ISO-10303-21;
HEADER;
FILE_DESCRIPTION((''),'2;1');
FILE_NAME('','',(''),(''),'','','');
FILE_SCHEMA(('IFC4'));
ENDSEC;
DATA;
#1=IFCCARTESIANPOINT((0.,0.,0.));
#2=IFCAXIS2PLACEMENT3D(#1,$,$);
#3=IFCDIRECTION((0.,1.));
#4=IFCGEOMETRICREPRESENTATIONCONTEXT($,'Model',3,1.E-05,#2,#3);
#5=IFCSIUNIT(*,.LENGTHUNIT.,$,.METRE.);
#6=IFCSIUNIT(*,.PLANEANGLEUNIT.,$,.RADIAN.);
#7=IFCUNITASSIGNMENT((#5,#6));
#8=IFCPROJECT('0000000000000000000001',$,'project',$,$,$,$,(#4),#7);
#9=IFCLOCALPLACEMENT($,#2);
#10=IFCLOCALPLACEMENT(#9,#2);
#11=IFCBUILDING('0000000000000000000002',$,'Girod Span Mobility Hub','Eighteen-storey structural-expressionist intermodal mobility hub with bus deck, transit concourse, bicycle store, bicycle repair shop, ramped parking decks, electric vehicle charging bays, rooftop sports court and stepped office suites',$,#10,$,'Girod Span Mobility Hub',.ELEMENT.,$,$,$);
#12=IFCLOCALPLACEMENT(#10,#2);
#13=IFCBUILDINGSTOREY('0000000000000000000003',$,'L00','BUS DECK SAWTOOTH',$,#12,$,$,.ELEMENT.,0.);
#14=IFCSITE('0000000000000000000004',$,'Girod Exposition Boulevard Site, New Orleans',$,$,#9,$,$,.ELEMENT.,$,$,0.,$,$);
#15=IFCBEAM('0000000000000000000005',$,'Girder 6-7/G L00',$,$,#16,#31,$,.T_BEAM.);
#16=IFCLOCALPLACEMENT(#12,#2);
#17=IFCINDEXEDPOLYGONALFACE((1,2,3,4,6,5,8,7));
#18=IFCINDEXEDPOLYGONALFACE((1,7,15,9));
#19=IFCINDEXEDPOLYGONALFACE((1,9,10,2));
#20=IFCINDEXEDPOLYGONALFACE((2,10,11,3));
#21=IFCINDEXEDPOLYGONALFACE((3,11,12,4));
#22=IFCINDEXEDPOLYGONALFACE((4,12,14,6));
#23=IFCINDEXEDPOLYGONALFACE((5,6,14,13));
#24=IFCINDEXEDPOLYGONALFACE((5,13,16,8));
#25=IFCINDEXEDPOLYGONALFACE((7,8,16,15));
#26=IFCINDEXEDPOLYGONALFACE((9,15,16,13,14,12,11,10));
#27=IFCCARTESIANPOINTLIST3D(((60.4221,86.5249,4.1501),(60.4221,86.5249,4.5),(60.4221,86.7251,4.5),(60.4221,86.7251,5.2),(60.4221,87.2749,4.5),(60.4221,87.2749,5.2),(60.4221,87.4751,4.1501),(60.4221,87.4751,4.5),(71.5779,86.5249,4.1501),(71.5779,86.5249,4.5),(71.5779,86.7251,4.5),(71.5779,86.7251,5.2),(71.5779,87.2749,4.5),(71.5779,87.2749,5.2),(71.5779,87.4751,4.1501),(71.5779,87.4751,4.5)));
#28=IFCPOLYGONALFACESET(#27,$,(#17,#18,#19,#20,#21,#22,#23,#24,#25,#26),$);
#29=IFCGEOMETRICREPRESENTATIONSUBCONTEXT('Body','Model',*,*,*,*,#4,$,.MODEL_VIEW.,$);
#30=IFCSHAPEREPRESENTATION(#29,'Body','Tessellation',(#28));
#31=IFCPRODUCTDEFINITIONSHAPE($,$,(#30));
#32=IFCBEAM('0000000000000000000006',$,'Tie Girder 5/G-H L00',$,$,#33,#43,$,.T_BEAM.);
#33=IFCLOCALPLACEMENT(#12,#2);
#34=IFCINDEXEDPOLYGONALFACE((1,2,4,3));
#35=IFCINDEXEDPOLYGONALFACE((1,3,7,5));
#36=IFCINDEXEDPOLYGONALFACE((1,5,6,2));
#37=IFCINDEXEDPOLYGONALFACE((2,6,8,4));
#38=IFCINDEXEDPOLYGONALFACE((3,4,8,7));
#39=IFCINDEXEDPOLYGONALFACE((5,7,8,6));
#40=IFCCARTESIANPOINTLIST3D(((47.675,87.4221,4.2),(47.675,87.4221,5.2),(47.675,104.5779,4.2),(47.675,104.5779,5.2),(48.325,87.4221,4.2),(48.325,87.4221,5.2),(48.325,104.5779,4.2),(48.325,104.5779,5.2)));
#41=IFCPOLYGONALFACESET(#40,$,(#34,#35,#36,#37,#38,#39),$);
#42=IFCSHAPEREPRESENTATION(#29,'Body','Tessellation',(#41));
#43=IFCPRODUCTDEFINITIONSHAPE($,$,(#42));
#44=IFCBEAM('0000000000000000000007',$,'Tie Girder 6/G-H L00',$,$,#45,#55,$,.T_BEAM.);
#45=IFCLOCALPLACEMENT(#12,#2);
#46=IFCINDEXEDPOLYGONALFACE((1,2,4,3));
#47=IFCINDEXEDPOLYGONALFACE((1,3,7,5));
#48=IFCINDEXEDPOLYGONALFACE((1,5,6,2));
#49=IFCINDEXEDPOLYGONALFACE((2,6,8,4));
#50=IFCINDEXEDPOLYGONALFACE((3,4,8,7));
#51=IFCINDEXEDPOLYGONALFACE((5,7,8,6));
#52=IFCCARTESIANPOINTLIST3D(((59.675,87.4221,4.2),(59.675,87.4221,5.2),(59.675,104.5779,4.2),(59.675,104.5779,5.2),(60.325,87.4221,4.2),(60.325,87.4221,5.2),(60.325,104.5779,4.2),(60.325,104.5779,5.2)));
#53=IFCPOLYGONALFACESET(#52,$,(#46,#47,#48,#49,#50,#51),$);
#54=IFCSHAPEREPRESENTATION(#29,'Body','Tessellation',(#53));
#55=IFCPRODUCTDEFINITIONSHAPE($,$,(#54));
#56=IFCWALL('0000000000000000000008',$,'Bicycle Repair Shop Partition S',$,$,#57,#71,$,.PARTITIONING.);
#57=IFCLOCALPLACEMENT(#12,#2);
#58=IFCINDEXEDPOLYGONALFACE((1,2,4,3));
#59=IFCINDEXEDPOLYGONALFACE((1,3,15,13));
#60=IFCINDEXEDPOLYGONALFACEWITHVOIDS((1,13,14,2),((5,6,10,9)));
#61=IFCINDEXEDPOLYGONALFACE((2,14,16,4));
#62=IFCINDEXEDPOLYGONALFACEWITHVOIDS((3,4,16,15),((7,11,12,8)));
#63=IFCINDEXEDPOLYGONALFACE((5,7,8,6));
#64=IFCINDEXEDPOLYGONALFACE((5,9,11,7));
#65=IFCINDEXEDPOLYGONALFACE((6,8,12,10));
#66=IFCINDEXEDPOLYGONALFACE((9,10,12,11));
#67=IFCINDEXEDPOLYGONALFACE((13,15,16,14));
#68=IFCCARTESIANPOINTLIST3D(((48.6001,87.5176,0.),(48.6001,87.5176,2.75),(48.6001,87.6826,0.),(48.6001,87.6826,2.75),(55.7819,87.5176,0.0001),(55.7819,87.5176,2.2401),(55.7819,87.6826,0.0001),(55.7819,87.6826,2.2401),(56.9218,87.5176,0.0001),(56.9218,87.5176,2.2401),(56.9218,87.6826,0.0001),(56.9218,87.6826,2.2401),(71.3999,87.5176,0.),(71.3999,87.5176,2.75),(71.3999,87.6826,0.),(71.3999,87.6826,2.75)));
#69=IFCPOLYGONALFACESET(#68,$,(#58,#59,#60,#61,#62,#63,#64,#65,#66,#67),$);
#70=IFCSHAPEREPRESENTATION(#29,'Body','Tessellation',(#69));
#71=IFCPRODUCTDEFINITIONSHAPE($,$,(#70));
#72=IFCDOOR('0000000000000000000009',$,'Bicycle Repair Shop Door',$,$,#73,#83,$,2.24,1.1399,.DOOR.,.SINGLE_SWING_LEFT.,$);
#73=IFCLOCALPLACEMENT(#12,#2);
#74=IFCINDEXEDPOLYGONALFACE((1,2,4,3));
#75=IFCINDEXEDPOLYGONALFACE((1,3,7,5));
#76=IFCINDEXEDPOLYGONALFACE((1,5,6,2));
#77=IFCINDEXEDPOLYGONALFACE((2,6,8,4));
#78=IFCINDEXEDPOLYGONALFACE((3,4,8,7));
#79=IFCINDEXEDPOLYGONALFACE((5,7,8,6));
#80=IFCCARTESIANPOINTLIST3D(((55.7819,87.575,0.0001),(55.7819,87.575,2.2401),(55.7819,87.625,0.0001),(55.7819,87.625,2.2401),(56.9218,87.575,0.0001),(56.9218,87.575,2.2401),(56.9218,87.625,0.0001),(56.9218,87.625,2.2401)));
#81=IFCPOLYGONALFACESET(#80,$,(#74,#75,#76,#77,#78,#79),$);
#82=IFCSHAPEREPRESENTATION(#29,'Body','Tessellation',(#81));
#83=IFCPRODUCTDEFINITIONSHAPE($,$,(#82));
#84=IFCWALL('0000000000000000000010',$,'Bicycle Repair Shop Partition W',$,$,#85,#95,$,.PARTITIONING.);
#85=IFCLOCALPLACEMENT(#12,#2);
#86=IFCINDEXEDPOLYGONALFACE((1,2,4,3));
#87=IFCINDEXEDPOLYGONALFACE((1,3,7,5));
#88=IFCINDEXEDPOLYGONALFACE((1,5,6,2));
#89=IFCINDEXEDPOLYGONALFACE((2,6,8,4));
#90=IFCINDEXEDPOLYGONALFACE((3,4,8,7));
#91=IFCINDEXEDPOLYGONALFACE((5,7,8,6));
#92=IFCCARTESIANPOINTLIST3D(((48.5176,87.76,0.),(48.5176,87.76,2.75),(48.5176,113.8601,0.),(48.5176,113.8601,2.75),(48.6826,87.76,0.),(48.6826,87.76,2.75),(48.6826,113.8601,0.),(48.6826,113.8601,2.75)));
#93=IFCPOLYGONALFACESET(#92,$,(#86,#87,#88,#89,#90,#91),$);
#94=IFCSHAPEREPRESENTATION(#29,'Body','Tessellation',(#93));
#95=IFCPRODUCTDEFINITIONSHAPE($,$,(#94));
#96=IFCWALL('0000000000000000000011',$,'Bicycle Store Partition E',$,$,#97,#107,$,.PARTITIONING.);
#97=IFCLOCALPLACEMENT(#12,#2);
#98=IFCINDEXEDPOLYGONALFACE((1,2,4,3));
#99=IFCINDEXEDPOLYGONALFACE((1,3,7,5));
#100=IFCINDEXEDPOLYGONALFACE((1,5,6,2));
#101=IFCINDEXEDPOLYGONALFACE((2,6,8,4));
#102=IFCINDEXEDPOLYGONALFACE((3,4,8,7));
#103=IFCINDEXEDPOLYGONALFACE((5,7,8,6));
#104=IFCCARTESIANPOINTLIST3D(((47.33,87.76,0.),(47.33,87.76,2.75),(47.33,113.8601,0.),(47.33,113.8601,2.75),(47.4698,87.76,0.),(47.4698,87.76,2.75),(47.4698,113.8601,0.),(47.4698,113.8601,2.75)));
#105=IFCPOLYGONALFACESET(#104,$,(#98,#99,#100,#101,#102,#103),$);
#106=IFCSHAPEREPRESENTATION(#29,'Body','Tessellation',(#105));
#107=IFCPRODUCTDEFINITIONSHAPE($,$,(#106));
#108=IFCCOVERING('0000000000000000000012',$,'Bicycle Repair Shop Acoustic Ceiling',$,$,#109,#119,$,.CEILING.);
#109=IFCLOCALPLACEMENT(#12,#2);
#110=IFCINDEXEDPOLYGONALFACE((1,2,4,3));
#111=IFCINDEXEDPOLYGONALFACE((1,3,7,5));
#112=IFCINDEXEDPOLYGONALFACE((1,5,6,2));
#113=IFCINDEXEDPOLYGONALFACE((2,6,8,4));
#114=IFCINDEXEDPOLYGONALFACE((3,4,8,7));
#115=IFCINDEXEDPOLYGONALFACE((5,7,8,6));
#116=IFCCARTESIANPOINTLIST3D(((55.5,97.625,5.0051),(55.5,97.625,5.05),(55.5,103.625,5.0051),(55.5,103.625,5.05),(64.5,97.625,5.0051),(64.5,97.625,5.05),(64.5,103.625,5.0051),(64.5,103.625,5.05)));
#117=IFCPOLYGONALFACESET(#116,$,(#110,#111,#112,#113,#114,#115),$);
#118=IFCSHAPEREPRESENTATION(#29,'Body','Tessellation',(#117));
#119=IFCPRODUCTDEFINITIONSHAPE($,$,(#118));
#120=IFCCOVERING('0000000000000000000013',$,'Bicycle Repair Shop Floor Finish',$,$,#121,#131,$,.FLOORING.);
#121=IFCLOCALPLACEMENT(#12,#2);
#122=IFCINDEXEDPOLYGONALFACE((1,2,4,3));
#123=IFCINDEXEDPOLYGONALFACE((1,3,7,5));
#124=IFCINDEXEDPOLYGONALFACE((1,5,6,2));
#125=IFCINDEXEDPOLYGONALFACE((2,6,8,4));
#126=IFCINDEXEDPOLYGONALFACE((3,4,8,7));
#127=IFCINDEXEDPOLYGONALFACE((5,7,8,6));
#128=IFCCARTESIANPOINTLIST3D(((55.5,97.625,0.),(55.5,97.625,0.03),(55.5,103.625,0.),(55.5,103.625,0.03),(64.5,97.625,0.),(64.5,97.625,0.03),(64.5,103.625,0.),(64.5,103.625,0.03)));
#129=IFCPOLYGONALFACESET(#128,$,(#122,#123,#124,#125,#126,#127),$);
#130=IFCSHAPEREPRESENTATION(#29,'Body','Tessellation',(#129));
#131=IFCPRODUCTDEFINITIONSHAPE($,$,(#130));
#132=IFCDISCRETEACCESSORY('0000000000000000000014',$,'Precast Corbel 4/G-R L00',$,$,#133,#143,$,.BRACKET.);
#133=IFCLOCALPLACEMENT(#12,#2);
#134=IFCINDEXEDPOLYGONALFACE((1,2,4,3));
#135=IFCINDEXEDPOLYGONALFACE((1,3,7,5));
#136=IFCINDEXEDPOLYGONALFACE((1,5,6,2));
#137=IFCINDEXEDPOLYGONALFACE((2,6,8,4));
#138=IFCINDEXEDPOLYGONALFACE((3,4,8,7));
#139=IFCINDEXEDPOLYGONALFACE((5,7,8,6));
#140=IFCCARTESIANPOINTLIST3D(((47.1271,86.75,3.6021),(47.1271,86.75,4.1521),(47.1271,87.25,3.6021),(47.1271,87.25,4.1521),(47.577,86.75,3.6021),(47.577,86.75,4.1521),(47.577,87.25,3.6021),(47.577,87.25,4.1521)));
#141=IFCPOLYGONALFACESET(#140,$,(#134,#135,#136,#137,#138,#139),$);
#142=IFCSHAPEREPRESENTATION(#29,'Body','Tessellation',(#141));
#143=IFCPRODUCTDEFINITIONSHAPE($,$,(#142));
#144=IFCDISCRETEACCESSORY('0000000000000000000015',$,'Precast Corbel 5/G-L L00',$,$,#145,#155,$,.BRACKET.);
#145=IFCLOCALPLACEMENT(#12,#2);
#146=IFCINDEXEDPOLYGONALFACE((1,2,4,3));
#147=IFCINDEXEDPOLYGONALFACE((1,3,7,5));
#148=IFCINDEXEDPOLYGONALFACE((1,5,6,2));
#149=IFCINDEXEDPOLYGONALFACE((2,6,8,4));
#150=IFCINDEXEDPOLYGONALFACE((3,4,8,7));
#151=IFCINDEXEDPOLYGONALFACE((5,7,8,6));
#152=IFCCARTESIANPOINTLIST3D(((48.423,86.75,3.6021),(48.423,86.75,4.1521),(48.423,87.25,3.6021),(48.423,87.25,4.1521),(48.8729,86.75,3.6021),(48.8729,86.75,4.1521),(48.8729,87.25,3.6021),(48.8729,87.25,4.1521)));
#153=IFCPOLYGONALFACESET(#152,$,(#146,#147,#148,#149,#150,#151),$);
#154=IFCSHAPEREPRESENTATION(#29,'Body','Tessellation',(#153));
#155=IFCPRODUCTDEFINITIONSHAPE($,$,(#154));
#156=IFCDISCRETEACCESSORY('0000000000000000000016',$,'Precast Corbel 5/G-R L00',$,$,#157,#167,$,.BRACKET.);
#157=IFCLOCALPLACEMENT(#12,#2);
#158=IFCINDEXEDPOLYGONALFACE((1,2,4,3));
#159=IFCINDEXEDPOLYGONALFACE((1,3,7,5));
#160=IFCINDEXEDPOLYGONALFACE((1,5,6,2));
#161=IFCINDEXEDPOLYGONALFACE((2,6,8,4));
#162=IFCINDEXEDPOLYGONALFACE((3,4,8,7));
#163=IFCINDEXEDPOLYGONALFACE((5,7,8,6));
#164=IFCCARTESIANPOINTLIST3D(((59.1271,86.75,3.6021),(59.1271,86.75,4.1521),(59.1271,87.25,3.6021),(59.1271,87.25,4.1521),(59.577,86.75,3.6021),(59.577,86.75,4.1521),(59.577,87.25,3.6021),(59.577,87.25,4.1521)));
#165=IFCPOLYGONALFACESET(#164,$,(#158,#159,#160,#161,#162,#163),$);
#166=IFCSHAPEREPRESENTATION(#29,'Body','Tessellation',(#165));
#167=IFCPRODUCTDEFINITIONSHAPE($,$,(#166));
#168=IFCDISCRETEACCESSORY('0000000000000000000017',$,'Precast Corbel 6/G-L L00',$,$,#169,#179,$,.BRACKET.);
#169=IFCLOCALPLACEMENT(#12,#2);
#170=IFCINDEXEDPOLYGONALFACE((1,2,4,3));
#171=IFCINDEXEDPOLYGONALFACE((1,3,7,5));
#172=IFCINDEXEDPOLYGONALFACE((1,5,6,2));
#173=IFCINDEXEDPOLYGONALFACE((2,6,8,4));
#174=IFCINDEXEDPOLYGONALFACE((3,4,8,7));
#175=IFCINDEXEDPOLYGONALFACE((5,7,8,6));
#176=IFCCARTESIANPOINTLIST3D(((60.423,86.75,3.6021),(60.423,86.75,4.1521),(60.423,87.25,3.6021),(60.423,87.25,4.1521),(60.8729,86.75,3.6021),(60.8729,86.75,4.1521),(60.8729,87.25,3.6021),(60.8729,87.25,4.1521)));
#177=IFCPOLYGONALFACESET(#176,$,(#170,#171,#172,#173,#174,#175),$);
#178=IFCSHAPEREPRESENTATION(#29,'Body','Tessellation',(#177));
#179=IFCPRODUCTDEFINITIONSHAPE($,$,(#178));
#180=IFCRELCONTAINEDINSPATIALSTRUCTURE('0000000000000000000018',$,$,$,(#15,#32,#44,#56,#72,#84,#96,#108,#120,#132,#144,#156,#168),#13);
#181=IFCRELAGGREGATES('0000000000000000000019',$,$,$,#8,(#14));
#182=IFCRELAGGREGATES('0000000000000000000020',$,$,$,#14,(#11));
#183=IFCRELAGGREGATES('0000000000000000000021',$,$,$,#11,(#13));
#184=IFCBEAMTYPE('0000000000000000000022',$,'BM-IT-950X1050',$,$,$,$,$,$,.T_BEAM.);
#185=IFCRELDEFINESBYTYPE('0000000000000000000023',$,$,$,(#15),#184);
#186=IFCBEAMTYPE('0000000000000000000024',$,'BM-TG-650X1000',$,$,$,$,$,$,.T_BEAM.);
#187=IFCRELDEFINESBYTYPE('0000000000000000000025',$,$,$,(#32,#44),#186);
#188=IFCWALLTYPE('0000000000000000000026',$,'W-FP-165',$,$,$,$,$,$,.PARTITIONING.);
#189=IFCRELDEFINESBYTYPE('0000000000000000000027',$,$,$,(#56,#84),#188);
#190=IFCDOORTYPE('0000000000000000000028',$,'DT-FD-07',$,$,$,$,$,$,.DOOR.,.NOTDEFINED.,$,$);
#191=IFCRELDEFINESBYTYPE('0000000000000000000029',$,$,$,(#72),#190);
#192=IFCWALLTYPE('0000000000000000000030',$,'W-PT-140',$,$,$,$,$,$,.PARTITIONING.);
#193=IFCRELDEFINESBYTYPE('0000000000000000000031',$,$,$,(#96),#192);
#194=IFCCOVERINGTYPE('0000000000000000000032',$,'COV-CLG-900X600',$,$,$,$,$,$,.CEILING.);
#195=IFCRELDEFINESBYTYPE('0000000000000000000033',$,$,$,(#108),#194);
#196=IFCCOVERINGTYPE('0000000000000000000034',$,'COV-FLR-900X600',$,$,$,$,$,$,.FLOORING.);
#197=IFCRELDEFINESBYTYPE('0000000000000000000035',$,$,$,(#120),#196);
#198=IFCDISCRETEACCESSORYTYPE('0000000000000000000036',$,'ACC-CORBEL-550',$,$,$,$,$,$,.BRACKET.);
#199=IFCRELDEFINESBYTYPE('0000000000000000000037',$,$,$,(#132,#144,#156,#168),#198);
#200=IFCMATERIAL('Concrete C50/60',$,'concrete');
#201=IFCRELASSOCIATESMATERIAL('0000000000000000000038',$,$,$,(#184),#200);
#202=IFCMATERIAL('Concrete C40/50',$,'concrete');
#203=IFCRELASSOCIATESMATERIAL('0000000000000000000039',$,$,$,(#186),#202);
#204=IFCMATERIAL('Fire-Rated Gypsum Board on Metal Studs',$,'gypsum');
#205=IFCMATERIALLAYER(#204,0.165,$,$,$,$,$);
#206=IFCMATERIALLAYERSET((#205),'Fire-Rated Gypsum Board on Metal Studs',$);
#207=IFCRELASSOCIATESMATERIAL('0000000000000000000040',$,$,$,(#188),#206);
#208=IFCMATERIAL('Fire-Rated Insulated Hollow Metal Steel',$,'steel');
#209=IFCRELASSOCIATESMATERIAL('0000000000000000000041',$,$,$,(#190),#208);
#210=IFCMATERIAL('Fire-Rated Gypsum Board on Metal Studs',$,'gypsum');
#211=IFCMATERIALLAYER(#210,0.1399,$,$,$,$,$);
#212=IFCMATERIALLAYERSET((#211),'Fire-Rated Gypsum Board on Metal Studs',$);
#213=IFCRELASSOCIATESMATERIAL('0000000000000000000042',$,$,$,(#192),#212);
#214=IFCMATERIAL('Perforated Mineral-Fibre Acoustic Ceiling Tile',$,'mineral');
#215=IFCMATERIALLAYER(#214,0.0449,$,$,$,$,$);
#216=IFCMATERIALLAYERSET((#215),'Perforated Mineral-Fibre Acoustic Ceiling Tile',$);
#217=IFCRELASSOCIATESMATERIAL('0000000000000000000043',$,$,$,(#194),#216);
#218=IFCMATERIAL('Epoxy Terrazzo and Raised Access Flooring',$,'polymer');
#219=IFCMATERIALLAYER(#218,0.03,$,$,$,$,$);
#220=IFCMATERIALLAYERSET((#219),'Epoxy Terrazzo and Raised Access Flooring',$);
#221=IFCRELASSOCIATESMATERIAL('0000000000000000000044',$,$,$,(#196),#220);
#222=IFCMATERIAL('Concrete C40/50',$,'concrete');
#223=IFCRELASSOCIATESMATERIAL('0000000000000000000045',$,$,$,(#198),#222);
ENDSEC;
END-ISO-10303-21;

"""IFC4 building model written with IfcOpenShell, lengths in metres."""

from ifc_helpers import new_model, si_unit, direction, frame, frame_2d, origin, origin_2d, place, context, subcontext, project, spatial, polyline, rectangle, outline, extrude, material, layer, layer_set, material_profile, profile_set, type_object, element, fill, save


model = new_model("IFC4")

# Units and contexts
model_context = context("Model", 3, precision=1e-05, world=origin(), true_north=direction((0.0, 1.0)))
body_context = subcontext(model_context, "Body", "Model", "MODEL_VIEW")
ifc_project = project(units=[si_unit("LENGTHUNIT", "METRE"), si_unit("PLANEANGLEUNIT", "RADIAN")], contexts=[model_context])

# Site, building, storey
site_placement = place(None, origin())
site = spatial("IfcSite", under=ifc_project, at=site_placement, Name="Girod Exposition Boulevard Site, New Orleans", CompositionType="ELEMENT", RefElevation=0.0)
building_placement = place(site_placement, origin())
building = spatial("IfcBuilding", under=site, at=building_placement, Name="Girod Span Mobility Hub", Description="Eighteen-storey structural-expressionist intermodal mobility hub with bus deck, transit concourse, bicycle store, bicycle repair shop, ramped parking decks, electric vehicle charging bays, rooftop sports court and stepped office suites", LongName="Girod Span Mobility Hub", CompositionType="ELEMENT")
storey_placement = place(building_placement, origin())
storey = spatial("IfcBuildingStorey", under=building, at=storey_placement, Name="L00", Description="BUS DECK SAWTOOTH", CompositionType="ELEMENT", Elevation=0.0)

# Beams
ifc_material_1 = material(Name="Concrete C50/60", Category="concrete")
ifc_material_profile_1 = material_profile(ifc_material_1, outline(polyline([(-0.4751, -0.5249), (0.4751, -0.5249), (0.4751, -0.175), (0.2749, -0.175), (0.2749, 0.5249), (-0.2749, 0.5249), (-0.2749, -0.175), (-0.4751, -0.175), (-0.4751, -0.5249)])), Name="IT-950X1050")
ifc_profile_set_1 = profile_set([ifc_material_profile_1], Name="Concrete C50/60")
beam_type_1 = type_object("IfcBeamType", Name="BM-IT-950X1050", PredefinedType="T_BEAM", material=ifc_profile_set_1)
for number, where, z_axis, x_axis, name in (
    (1, (60.4221, 87.0, 4.675), (1.0, 0.0, 0.0), (0.0, 1.0, 0.0), "Girder 6-7/G L00"),
):
    element("IfcBeam", number, at=place(storey_placement, frame(where, z_axis=z_axis, x_axis=x_axis)), inside=storey, type_object=beam_type_1, Name=name, PredefinedType="T_BEAM", context=body_context, shape_type="SweptSolid", body=[
        extrude(outline(polyline([(-0.4751, -0.5249), (0.4751, -0.5249), (0.4751, -0.175), (0.2749, -0.175), (0.2749, 0.5249), (-0.2749, 0.5249), (-0.2749, -0.175), (-0.4751, -0.175), (-0.4751, -0.5249)])), origin(), (0.0, 0.0, 1.0), 11.1558),
    ])
ifc_material_2 = material(Name="Concrete C40/50", Category="concrete")
ifc_material_profile_2 = material_profile(ifc_material_2, rectangle(XDim=0.6499, YDim=1.0, at=origin_2d()), Name="TG-650X1000")
ifc_profile_set_2 = profile_set([ifc_material_profile_2], Name="Concrete C40/50")
beam_type_2 = type_object("IfcBeamType", Name="BM-TG-650X1000", PredefinedType="T_BEAM", material=ifc_profile_set_2)
for number, where, z_axis, x_axis, name in (
    (2, (48.0, 87.4221, 4.7), (0.0, 1.0, 0.0), (-1.0, 0.0, 0.0), "Tie Girder 5/G-H L00"),
    (3, (60.0, 87.4221, 4.7), (0.0, 1.0, 0.0), (-1.0, 0.0, 0.0), "Tie Girder 6/G-H L00"),
):
    element("IfcBeam", number, at=place(storey_placement, frame(where, z_axis=z_axis, x_axis=x_axis)), inside=storey, type_object=beam_type_2, Name=name, PredefinedType="T_BEAM", context=body_context, shape_type="SweptSolid", body=[
        extrude(rectangle(XDim=0.6499, YDim=1.0, at=origin_2d()), origin(), (0.0, 0.0, 1.0), 17.1558),
    ])

# Wall, opening, door
ifc_material_3 = material(Name="Fire-Rated Gypsum Board on Metal Studs", Category="gypsum")
ifc_layer_1 = layer(ifc_material_3, 0.165)
ifc_layer_set_1 = layer_set([ifc_layer_1], Name="Fire-Rated Gypsum Board on Metal Studs")
wall_type_1 = type_object("IfcWallType", Name="W-FP-165", PredefinedType="PARTITIONING", material=ifc_layer_set_1)
wall_1_placement = place(storey_placement, frame((48.6001, 87.6001, 0.0), z_axis=(0.0, 0.0, 1.0), x_axis=(1.0, 0.0, 0.0)))
wall_1 = element("IfcWall", 4, at=wall_1_placement, inside=storey, type_object=wall_type_1, Name="Bicycle Repair Shop Partition S", PredefinedType="PARTITIONING", context=body_context, shape_type="SweptSolid", body=[
    extrude(rectangle(XDim=22.7998, YDim=0.165, at=frame_2d((11.3999, 0.0))), origin(), (0.0, 0.0, 1.0), 2.75),
])
opening_placement = place(wall_1_placement, frame((7.1819, 0.0, 0.0)))
opening = element("IfcOpeningElement", 5, at=opening_placement, cuts=wall_1, PredefinedType="OPENING", context=body_context, shape_type="SweptSolid", body=[
    extrude(rectangle(XDim=1.1399, YDim=2.24, at=frame_2d((0.5698, 1.1201))), frame((0.0, 0.0974, 0.0), z_axis=(0.0, -1.0, 0.0), x_axis=(1.0, 0.0, 0.0)), (0.0, 0.0, 1.0), 0.1951),
])
ifc_material_4 = material(Name="Fire-Rated Insulated Hollow Metal Steel", Category="steel")
door_type = type_object("IfcDoorType", Name="DT-FD-07", OperationType="NOTDEFINED", PredefinedType="DOOR", material=ifc_material_4)
door_placement = place(opening_placement, origin())
door = element("IfcDoor", 6, at=door_placement, inside=storey, type_object=door_type, Name="Bicycle Repair Shop Door", OperationType="SINGLE_SWING_LEFT", OverallHeight=2.24, OverallWidth=1.1399, PredefinedType="DOOR", context=body_context, shape_type="SweptSolid", body=[
    extrude(rectangle(XDim=1.1399, YDim=2.24, at=frame_2d((0.5698, 1.1201))), frame((0.0, 0.0249, 0.0), z_axis=(0.0, -1.0, 0.0), x_axis=(1.0, 0.0, 0.0)), (0.0, 0.0, 1.0), 0.05),
])
fill(opening, door)

# Walls
wall_2_placement = place(storey_placement, frame((48.6001, 87.76, 0.0), z_axis=(0.0, 0.0, 1.0), x_axis=(0.0, 1.0, 0.0)))
element("IfcWall", 7, at=wall_2_placement, inside=storey, type_object=wall_type_1, Name="Bicycle Repair Shop Partition W", PredefinedType="PARTITIONING", context=body_context, shape_type="SweptSolid", body=[
    extrude(rectangle(XDim=26.1001, YDim=0.165, at=frame_2d((13.05, 0.0))), origin(), (0.0, 0.0, 1.0), 2.75),
])
ifc_material_5 = material(Name="Fire-Rated Gypsum Board on Metal Studs", Category="gypsum")
ifc_layer_2 = layer(ifc_material_5, 0.1399)
ifc_layer_set_2 = layer_set([ifc_layer_2], Name="Fire-Rated Gypsum Board on Metal Studs")
wall_type_2 = type_object("IfcWallType", Name="W-PT-140", PredefinedType="PARTITIONING", material=ifc_layer_set_2)
wall_3_placement = place(storey_placement, frame((47.3999, 87.76, 0.0), z_axis=(0.0, 0.0, 1.0), x_axis=(0.0, 1.0, 0.0)))
element("IfcWall", 8, at=wall_3_placement, inside=storey, type_object=wall_type_2, Name="Bicycle Store Partition E", PredefinedType="PARTITIONING", context=body_context, shape_type="SweptSolid", body=[
    extrude(rectangle(XDim=26.1001, YDim=0.1399, at=frame_2d((13.05, 0.0))), origin(), (0.0, 0.0, 1.0), 2.75),
])

# Coverings
ifc_material_6 = material(Name="Perforated Mineral-Fibre Acoustic Ceiling Tile", Category="mineral")
ifc_layer_3 = layer(ifc_material_6, 0.0449)
ifc_layer_set_3 = layer_set([ifc_layer_3], Name="Perforated Mineral-Fibre Acoustic Ceiling Tile")
covering_type_1 = type_object("IfcCoveringType", Name="COV-CLG-900X600", PredefinedType="CEILING", material=ifc_layer_set_3)
covering_1_placement = place(storey_placement, frame((60.0, 100.625, 5.0051), z_axis=(0.0, 0.0, 1.0), x_axis=(1.0, 0.0, 0.0)))
element("IfcCovering", 9, at=covering_1_placement, inside=storey, type_object=covering_type_1, Name="Bicycle Repair Shop Acoustic Ceiling", PredefinedType="CEILING", context=body_context, shape_type="SweptSolid", body=[
    extrude(rectangle(XDim=9.0, YDim=6.0, at=origin_2d()), origin(), (0.0, 0.0, 1.0), 0.0449),
])
ifc_material_7 = material(Name="Epoxy Terrazzo and Raised Access Flooring", Category="polymer")
ifc_layer_4 = layer(ifc_material_7, 0.03)
ifc_layer_set_4 = layer_set([ifc_layer_4], Name="Epoxy Terrazzo and Raised Access Flooring")
covering_type_2 = type_object("IfcCoveringType", Name="COV-FLR-900X600", PredefinedType="FLOORING", material=ifc_layer_set_4)
covering_2_placement = place(storey_placement, frame((60.0, 100.625, 0.0), z_axis=(0.0, 0.0, 1.0), x_axis=(1.0, 0.0, 0.0)))
element("IfcCovering", 10, at=covering_2_placement, inside=storey, type_object=covering_type_2, Name="Bicycle Repair Shop Floor Finish", PredefinedType="FLOORING", context=body_context, shape_type="SweptSolid", body=[
    extrude(rectangle(XDim=9.0, YDim=6.0, at=origin_2d()), origin(), (0.0, 0.0, 1.0), 0.03),
])

# Discrete accessories
ifc_material_8 = material(Name="Concrete C40/50", Category="concrete")
discrete_accessory_type = type_object("IfcDiscreteAccessoryType", Name="ACC-CORBEL-550", PredefinedType="BRACKET", material=ifc_material_8)
for number, where, z_axis, x_axis, name in (
    (11, (47.3521, 87.0, 3.6021), (0.0, 0.0, 1.0), (1.0, 0.0, 0.0), "Precast Corbel 4/G-R L00"),
    (12, (48.6479, 87.0, 3.6021), (0.0, 0.0, 1.0), (1.0, 0.0, 0.0), "Precast Corbel 5/G-L L00"),
    (13, (59.3521, 87.0, 3.6021), (0.0, 0.0, 1.0), (1.0, 0.0, 0.0), "Precast Corbel 5/G-R L00"),
    (14, (60.6479, 87.0, 3.6021), (0.0, 0.0, 1.0), (1.0, 0.0, 0.0), "Precast Corbel 6/G-L L00"),
):
    element("IfcDiscreteAccessory", number, at=place(storey_placement, frame(where, z_axis=z_axis, x_axis=x_axis)), inside=storey, type_object=discrete_accessory_type, Name=name, PredefinedType="BRACKET", context=body_context, shape_type="SweptSolid", body=[
        extrude(rectangle(XDim=0.45, YDim=0.5, at=origin_2d()), origin(), (0.0, 0.0, 1.0), 0.55),
    ])

save(model, "model.ifc")
